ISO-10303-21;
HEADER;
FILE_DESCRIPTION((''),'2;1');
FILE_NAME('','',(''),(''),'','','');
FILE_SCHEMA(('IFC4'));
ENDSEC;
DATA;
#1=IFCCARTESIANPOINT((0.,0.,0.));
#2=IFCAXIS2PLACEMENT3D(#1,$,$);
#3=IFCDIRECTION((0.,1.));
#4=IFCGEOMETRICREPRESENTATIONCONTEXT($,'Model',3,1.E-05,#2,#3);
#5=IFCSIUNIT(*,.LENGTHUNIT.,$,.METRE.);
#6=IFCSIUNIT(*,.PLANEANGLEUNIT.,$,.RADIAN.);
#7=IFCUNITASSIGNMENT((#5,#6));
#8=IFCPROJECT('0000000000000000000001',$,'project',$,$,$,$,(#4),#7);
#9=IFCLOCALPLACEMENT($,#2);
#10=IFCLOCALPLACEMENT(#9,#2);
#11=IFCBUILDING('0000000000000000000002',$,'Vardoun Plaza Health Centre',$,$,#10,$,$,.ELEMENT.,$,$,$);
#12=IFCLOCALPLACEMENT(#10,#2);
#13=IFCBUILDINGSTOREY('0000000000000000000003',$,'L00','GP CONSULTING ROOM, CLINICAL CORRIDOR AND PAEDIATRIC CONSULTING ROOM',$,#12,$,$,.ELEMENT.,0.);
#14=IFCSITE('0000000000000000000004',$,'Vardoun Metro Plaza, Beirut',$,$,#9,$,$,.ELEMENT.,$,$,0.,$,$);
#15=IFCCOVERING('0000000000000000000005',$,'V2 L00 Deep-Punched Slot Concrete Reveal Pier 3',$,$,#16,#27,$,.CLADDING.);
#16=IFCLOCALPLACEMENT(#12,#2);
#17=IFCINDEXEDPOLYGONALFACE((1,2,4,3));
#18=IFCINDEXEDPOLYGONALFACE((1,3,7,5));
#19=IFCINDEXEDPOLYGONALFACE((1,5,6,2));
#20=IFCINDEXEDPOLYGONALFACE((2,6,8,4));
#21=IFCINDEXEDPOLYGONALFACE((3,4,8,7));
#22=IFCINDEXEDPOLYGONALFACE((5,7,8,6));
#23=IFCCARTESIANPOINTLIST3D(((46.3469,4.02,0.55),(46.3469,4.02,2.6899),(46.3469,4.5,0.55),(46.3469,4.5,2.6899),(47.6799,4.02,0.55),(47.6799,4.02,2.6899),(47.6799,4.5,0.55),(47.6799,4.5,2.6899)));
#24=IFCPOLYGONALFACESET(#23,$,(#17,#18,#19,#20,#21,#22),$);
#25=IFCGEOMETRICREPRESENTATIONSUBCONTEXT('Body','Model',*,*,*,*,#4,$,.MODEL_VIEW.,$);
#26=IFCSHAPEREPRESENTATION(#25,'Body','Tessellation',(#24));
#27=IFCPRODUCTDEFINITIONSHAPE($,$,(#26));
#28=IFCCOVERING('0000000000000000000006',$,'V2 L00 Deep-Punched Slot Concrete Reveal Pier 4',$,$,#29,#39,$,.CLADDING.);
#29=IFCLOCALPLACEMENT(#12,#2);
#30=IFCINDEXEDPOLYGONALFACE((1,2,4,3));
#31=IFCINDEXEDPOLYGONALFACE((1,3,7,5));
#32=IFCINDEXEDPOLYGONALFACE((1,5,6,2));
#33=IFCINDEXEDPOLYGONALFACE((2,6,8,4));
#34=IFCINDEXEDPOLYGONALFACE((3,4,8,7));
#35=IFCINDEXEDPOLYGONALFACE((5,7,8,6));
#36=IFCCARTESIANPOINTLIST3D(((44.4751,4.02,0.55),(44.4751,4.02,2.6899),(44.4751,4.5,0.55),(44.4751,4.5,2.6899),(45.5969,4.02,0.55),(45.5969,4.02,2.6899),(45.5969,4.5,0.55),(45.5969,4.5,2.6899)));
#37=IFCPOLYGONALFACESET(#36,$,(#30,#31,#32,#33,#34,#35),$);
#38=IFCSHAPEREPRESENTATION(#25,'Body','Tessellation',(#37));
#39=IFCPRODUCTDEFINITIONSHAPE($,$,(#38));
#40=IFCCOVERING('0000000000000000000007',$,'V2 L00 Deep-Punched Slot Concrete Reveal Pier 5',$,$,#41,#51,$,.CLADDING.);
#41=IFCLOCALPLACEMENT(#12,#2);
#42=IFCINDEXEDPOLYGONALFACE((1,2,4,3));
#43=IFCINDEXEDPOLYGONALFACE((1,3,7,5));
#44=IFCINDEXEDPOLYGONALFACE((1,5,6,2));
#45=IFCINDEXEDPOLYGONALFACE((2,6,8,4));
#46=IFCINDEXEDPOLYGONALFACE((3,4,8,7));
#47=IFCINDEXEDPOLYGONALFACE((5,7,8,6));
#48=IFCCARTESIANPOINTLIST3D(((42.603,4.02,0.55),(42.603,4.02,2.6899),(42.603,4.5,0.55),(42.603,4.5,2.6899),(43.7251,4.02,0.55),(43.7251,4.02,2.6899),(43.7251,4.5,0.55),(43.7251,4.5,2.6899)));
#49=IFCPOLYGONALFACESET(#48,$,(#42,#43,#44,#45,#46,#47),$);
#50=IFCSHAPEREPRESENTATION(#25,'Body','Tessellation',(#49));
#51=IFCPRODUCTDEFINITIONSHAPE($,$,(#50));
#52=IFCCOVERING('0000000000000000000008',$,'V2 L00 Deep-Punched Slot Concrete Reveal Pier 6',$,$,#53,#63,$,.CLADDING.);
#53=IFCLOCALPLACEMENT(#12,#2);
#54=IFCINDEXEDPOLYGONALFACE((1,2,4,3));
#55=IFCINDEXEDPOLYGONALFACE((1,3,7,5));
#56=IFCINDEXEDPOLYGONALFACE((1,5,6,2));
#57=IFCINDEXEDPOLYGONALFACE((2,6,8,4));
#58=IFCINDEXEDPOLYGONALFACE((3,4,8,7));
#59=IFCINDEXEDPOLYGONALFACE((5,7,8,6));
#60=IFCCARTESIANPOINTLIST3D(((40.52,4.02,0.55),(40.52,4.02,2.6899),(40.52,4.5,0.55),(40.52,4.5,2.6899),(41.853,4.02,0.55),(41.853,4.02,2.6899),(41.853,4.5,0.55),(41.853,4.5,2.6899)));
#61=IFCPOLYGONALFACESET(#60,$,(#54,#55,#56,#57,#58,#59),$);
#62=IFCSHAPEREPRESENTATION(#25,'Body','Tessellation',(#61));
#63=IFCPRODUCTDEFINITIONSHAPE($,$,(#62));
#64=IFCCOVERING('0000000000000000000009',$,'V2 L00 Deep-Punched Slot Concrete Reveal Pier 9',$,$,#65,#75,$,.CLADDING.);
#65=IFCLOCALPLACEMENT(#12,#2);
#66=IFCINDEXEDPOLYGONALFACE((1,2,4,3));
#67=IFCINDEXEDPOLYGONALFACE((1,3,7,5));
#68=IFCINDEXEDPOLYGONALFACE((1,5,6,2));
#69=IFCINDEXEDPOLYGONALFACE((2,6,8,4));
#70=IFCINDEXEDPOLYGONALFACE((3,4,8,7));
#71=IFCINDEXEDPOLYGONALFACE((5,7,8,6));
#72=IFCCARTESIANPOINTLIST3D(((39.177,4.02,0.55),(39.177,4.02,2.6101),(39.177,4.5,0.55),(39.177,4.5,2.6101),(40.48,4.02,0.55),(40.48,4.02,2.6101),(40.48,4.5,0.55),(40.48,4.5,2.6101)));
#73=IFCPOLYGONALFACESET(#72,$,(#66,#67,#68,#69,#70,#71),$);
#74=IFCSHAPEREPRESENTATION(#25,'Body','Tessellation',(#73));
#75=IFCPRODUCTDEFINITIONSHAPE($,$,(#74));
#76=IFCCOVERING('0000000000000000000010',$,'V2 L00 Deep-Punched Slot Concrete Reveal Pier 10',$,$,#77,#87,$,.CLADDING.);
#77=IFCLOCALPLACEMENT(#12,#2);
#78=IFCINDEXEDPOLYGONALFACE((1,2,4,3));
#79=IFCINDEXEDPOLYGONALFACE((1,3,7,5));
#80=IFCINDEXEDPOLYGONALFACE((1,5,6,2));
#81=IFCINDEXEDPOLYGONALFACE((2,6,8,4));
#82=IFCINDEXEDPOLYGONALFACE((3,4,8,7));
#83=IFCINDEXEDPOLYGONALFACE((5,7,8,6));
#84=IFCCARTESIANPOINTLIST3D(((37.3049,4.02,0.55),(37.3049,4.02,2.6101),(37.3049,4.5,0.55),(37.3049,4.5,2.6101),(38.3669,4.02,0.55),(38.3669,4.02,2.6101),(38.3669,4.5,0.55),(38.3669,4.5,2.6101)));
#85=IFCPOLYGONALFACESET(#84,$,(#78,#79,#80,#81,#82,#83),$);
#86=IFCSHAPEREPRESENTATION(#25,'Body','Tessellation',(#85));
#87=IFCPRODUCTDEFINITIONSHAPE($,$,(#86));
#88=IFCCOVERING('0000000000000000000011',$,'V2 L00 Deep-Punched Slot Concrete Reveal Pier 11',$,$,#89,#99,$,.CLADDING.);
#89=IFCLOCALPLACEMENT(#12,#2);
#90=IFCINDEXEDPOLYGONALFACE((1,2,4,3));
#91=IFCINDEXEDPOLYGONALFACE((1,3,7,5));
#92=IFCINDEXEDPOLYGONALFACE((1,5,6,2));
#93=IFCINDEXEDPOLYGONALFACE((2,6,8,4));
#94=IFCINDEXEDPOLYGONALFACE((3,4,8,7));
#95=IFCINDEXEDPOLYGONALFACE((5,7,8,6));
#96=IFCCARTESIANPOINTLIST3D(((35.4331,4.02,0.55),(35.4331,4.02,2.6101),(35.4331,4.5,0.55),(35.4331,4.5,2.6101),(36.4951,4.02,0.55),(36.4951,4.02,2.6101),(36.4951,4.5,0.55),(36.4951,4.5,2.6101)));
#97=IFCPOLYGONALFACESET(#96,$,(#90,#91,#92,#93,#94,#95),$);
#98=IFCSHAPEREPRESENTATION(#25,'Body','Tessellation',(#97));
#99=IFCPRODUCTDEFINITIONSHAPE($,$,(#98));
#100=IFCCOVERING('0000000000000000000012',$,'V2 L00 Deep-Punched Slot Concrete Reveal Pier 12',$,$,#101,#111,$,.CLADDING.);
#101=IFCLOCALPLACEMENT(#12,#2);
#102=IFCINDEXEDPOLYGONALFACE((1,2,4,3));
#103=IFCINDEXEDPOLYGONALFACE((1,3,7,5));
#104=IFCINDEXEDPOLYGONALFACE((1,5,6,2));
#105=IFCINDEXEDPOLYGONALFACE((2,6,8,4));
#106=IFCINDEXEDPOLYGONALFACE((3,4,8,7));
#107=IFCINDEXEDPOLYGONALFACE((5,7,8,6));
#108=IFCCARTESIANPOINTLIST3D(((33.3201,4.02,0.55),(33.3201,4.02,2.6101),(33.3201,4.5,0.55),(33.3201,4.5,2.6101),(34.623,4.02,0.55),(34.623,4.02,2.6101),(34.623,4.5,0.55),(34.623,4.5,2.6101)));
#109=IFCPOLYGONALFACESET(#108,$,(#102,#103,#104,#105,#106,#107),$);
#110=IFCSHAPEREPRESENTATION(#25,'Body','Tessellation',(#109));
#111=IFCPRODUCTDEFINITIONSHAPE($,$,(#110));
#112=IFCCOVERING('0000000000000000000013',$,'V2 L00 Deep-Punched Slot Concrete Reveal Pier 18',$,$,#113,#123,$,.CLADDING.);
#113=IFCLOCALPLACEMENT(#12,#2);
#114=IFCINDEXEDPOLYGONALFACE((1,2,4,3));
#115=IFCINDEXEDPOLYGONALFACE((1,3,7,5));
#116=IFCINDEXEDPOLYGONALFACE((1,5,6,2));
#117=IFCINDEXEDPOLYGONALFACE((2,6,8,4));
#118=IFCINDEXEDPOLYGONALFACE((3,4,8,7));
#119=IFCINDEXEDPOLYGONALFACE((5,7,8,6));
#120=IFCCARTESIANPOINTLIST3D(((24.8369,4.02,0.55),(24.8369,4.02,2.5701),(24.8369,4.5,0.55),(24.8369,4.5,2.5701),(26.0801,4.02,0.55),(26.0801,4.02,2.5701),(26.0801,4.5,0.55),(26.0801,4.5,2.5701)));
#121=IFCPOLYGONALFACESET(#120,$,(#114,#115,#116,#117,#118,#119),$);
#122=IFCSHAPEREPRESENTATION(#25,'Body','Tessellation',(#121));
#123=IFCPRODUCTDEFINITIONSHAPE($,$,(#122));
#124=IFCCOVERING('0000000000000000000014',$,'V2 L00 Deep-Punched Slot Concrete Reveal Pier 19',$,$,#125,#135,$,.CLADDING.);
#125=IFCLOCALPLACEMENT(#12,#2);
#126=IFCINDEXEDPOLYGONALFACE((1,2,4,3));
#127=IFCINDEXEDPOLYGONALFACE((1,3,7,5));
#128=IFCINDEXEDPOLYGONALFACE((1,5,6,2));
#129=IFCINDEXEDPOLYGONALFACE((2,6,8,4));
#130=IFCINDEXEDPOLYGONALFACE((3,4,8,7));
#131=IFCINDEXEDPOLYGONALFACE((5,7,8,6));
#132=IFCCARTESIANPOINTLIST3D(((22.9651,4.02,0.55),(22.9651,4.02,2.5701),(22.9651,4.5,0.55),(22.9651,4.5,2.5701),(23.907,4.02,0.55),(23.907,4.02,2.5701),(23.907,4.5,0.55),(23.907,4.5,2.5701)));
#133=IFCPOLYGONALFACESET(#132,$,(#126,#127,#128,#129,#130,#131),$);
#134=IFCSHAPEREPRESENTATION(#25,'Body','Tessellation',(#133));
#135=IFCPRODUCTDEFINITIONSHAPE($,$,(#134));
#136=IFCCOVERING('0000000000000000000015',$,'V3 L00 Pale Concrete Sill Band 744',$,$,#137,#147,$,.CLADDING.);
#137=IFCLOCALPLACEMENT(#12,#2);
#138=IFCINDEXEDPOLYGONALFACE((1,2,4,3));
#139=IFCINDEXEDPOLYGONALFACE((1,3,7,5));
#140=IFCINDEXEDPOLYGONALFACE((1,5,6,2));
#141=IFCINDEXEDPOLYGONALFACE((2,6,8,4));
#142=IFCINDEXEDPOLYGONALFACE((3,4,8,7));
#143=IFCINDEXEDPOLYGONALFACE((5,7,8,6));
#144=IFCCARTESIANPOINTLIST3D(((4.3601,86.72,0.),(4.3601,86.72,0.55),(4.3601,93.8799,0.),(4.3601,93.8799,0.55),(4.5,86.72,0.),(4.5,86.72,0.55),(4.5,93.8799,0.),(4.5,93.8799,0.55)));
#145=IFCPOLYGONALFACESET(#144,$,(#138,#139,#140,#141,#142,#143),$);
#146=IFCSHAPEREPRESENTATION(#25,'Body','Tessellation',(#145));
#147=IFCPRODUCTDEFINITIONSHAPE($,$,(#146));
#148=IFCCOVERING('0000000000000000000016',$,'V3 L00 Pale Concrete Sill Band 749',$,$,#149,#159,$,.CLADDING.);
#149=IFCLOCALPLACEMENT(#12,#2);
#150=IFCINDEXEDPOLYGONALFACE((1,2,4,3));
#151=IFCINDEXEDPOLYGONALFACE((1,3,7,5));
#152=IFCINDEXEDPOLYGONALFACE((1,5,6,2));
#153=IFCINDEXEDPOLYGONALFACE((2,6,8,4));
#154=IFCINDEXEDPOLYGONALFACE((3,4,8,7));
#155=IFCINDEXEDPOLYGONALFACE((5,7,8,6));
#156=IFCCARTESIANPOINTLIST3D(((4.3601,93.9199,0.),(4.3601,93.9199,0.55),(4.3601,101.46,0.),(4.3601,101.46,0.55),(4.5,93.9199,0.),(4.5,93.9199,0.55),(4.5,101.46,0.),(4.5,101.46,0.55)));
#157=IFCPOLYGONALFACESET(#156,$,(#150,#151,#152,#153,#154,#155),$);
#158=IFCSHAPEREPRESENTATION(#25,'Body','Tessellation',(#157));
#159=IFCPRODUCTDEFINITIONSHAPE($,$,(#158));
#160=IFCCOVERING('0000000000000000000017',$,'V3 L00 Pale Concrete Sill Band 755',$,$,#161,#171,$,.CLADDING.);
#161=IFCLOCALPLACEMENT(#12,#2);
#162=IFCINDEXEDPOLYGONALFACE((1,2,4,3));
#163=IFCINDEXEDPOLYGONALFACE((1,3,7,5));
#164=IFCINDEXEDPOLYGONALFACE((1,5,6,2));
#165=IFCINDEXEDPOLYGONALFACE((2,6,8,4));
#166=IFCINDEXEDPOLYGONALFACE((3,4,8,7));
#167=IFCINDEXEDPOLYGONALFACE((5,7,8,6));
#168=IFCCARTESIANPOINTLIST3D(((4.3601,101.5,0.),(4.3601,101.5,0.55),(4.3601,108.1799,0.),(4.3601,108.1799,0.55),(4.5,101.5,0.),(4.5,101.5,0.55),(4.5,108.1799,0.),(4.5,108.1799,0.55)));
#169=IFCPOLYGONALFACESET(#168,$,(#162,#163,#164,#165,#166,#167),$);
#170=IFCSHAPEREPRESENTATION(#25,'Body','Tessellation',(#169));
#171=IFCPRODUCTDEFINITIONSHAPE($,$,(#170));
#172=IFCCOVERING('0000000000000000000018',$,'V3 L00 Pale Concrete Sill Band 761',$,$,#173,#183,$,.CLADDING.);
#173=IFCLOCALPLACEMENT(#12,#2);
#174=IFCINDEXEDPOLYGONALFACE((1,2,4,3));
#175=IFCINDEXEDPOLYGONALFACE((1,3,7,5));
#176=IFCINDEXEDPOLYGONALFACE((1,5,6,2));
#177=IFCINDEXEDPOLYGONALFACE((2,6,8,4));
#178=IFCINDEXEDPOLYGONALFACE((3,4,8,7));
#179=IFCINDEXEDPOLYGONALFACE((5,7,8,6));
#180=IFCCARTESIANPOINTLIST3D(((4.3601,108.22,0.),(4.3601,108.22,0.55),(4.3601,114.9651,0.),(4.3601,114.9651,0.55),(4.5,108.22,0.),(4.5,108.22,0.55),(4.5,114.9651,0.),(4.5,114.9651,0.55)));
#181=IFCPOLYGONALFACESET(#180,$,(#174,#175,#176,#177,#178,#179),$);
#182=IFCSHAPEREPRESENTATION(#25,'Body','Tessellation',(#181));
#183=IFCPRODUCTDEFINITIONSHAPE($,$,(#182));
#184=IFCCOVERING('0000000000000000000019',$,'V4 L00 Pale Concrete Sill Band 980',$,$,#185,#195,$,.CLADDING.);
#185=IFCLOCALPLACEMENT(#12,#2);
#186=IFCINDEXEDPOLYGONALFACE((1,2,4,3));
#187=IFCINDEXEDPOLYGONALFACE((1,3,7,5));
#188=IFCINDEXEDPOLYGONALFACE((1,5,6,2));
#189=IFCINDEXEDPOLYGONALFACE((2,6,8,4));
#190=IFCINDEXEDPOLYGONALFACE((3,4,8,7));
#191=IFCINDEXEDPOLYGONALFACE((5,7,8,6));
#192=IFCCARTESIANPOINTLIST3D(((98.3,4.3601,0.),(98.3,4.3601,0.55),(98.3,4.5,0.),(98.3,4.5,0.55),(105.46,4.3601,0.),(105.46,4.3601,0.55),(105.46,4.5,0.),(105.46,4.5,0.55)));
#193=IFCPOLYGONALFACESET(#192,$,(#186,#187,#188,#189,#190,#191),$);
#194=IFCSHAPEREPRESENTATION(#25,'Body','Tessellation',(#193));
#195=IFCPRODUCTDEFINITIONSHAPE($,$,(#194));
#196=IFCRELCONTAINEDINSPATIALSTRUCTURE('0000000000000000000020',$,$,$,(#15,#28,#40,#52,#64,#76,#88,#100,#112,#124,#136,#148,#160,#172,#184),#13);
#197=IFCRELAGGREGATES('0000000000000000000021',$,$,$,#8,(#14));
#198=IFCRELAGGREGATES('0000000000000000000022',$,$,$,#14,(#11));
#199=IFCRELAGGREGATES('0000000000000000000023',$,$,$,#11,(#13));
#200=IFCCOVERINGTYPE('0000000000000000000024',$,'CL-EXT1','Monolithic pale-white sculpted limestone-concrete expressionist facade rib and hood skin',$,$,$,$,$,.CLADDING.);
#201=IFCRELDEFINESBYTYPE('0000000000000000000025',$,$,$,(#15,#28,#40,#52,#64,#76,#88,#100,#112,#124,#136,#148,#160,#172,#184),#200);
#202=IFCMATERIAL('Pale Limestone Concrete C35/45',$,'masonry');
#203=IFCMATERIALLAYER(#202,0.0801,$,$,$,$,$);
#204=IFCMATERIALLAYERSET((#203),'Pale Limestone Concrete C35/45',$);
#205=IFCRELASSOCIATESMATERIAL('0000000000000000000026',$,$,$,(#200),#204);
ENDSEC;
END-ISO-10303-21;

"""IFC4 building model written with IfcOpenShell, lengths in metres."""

from ifc_helpers import new_model, si_unit, direction, frame, origin, place, context, subcontext, project, spatial, polyline, outline, extrude, material, layer, layer_set, type_object, element, save


model = new_model("IFC4")

# Units and contexts
model_context = context("Model", 3, precision=1e-05, world=origin(), true_north=direction((0.0, 1.0)))
body_context = subcontext(model_context, "Body", "Model", "MODEL_VIEW")
ifc_project = project(units=[si_unit("LENGTHUNIT", "METRE"), si_unit("PLANEANGLEUNIT", "RADIAN")], contexts=[model_context])

# Site, building, storey
site_placement = place(None, origin())
site = spatial("IfcSite", under=ifc_project, at=site_placement, Name="Vardoun Metro Plaza, Beirut", CompositionType="ELEMENT", RefElevation=0.0)
building_placement = place(site_placement, origin())
building = spatial("IfcBuilding", under=site, at=building_placement, Name="Vardoun Plaza Health Centre", CompositionType="ELEMENT")
storey_placement = place(building_placement, origin())
storey = spatial("IfcBuildingStorey", under=building, at=storey_placement, Name="L00", Description="GP CONSULTING ROOM, CLINICAL CORRIDOR AND PAEDIATRIC CONSULTING ROOM", CompositionType="ELEMENT", Elevation=0.0)

# Coverings
ifc_material = material(Name="Pale Limestone Concrete C35/45", Category="masonry")
ifc_layer = layer(ifc_material, 0.0801)
ifc_layer_set = layer_set([ifc_layer], Name="Pale Limestone Concrete C35/45")
covering_type = type_object("IfcCoveringType", Name="CL-EXT1", Description="Monolithic pale-white sculpted limestone-concrete expressionist facade rib and hood skin", PredefinedType="CLADDING", material=ifc_layer_set)
covering_1_placement = place(storey_placement, frame((0.0, 0.0, 0.55)))
element("IfcCovering", 1, at=covering_1_placement, inside=storey, type_object=covering_type, Name="V2 L00 Deep-Punched Slot Concrete Reveal Pier 3", PredefinedType="CLADDING", context=body_context, shape_type="SweptSolid", body=[
    extrude(outline(polyline([(47.6799, 4.5), (46.3469, 4.5), (46.3469, 4.02), (47.6799, 4.02), (47.6799, 4.5)])), origin(), (0.0, 0.0, 1.0), 2.1399),
])
covering_2_placement = place(storey_placement, frame((0.0, 0.0, 0.55)))
element("IfcCovering", 2, at=covering_2_placement, inside=storey, type_object=covering_type, Name="V2 L00 Deep-Punched Slot Concrete Reveal Pier 4", PredefinedType="CLADDING", context=body_context, shape_type="SweptSolid", body=[
    extrude(outline(polyline([(45.5969, 4.5), (44.4751, 4.5), (44.4751, 4.02), (45.5969, 4.02), (45.5969, 4.5)])), origin(), (0.0, 0.0, 1.0), 2.1399),
])
covering_3_placement = place(storey_placement, frame((0.0, 0.0, 0.55)))
element("IfcCovering", 3, at=covering_3_placement, inside=storey, type_object=covering_type, Name="V2 L00 Deep-Punched Slot Concrete Reveal Pier 5", PredefinedType="CLADDING", context=body_context, shape_type="SweptSolid", body=[
    extrude(outline(polyline([(43.7251, 4.5), (42.603, 4.5), (42.603, 4.02), (43.7251, 4.02), (43.7251, 4.5)])), origin(), (0.0, 0.0, 1.0), 2.1399),
])
covering_4_placement = place(storey_placement, frame((0.0, 0.0, 0.55)))
element("IfcCovering", 4, at=covering_4_placement, inside=storey, type_object=covering_type, Name="V2 L00 Deep-Punched Slot Concrete Reveal Pier 6", PredefinedType="CLADDING", context=body_context, shape_type="SweptSolid", body=[
    extrude(outline(polyline([(41.853, 4.5), (40.52, 4.5), (40.52, 4.02), (41.853, 4.02), (41.853, 4.5)])), origin(), (0.0, 0.0, 1.0), 2.1399),
])
covering_5_placement = place(storey_placement, frame((0.0, 0.0, 0.55)))
element("IfcCovering", 5, at=covering_5_placement, inside=storey, type_object=covering_type, Name="V2 L00 Deep-Punched Slot Concrete Reveal Pier 9", PredefinedType="CLADDING", context=body_context, shape_type="SweptSolid", body=[
    extrude(outline(polyline([(40.48, 4.5), (39.177, 4.5), (39.177, 4.02), (40.48, 4.02), (40.48, 4.5)])), origin(), (0.0, 0.0, 1.0), 2.0601),
])
covering_6_placement = place(storey_placement, frame((0.0, 0.0, 0.55)))
element("IfcCovering", 6, at=covering_6_placement, inside=storey, type_object=covering_type, Name="V2 L00 Deep-Punched Slot Concrete Reveal Pier 10", PredefinedType="CLADDING", context=body_context, shape_type="SweptSolid", body=[
    extrude(outline(polyline([(38.3669, 4.5), (37.3049, 4.5), (37.3049, 4.02), (38.3669, 4.02), (38.3669, 4.5)])), origin(), (0.0, 0.0, 1.0), 2.0601),
])
covering_7_placement = place(storey_placement, frame((0.0, 0.0, 0.55)))
element("IfcCovering", 7, at=covering_7_placement, inside=storey, type_object=covering_type, Name="V2 L00 Deep-Punched Slot Concrete Reveal Pier 11", PredefinedType="CLADDING", context=body_context, shape_type="SweptSolid", body=[
    extrude(outline(polyline([(36.4951, 4.5), (35.4331, 4.5), (35.4331, 4.02), (36.4951, 4.02), (36.4951, 4.5)])), origin(), (0.0, 0.0, 1.0), 2.0601),
])
covering_8_placement = place(storey_placement, frame((0.0, 0.0, 0.55)))
element("IfcCovering", 8, at=covering_8_placement, inside=storey, type_object=covering_type, Name="V2 L00 Deep-Punched Slot Concrete Reveal Pier 12", PredefinedType="CLADDING", context=body_context, shape_type="SweptSolid", body=[
    extrude(outline(polyline([(34.623, 4.5), (33.3201, 4.5), (33.3201, 4.02), (34.623, 4.02), (34.623, 4.5)])), origin(), (0.0, 0.0, 1.0), 2.0601),
])
covering_9_placement = place(storey_placement, frame((0.0, 0.0, 0.55)))
element("IfcCovering", 9, at=covering_9_placement, inside=storey, type_object=covering_type, Name="V2 L00 Deep-Punched Slot Concrete Reveal Pier 18", PredefinedType="CLADDING", context=body_context, shape_type="SweptSolid", body=[
    extrude(outline(polyline([(26.0801, 4.5), (24.8369, 4.5), (24.8369, 4.02), (26.0801, 4.02), (26.0801, 4.5)])), origin(), (0.0, 0.0, 1.0), 2.02),
])
covering_10_placement = place(storey_placement, frame((0.0, 0.0, 0.55)))
element("IfcCovering", 10, at=covering_10_placement, inside=storey, type_object=covering_type, Name="V2 L00 Deep-Punched Slot Concrete Reveal Pier 19", PredefinedType="CLADDING", context=body_context, shape_type="SweptSolid", body=[
    extrude(outline(polyline([(23.907, 4.5), (22.9651, 4.5), (22.9651, 4.02), (23.907, 4.02), (23.907, 4.5)])), origin(), (0.0, 0.0, 1.0), 2.02),
])
covering_11_placement = place(storey_placement, origin())
element("IfcCovering", 11, at=covering_11_placement, inside=storey, type_object=covering_type, Name="V3 L00 Pale Concrete Sill Band 744", PredefinedType="CLADDING", context=body_context, shape_type="SweptSolid", body=[
    extrude(outline(polyline([(4.5, 86.72), (4.5, 93.8799), (4.3601, 93.8799), (4.3601, 86.72), (4.5, 86.72)])), origin(), (0.0, 0.0, 1.0), 0.55),
])
covering_12_placement = place(storey_placement, origin())
element("IfcCovering", 12, at=covering_12_placement, inside=storey, type_object=covering_type, Name="V3 L00 Pale Concrete Sill Band 749", PredefinedType="CLADDING", context=body_context, shape_type="SweptSolid", body=[
    extrude(outline(polyline([(4.5, 93.9199), (4.5, 101.46), (4.3601, 101.46), (4.3601, 93.9199), (4.5, 93.9199)])), origin(), (0.0, 0.0, 1.0), 0.55),
])
covering_13_placement = place(storey_placement, origin())
element("IfcCovering", 13, at=covering_13_placement, inside=storey, type_object=covering_type, Name="V3 L00 Pale Concrete Sill Band 755", PredefinedType="CLADDING", context=body_context, shape_type="SweptSolid", body=[
    extrude(outline(polyline([(4.5, 101.5), (4.5, 108.1799), (4.3601, 108.1799), (4.3601, 101.5), (4.5, 101.5)])), origin(), (0.0, 0.0, 1.0), 0.55),
])
covering_14_placement = place(storey_placement, origin())
element("IfcCovering", 14, at=covering_14_placement, inside=storey, type_object=covering_type, Name="V3 L00 Pale Concrete Sill Band 761", PredefinedType="CLADDING", context=body_context, shape_type="SweptSolid", body=[
    extrude(outline(polyline([(4.5, 108.22), (4.5, 114.9651), (4.3601, 114.9651), (4.3601, 108.22), (4.5, 108.22)])), origin(), (0.0, 0.0, 1.0), 0.55),
])
covering_15_placement = place(storey_placement, origin())
element("IfcCovering", 15, at=covering_15_placement, inside=storey, type_object=covering_type, Name="V4 L00 Pale Concrete Sill Band 980", PredefinedType="CLADDING", context=body_context, shape_type="SweptSolid", body=[
    extrude(outline(polyline([(105.46, 4.5), (98.3, 4.5), (98.3, 4.3601), (105.46, 4.3601), (105.46, 4.5)])), origin(), (0.0, 0.0, 1.0), 0.55),
])

save(model, "model.ifc")
